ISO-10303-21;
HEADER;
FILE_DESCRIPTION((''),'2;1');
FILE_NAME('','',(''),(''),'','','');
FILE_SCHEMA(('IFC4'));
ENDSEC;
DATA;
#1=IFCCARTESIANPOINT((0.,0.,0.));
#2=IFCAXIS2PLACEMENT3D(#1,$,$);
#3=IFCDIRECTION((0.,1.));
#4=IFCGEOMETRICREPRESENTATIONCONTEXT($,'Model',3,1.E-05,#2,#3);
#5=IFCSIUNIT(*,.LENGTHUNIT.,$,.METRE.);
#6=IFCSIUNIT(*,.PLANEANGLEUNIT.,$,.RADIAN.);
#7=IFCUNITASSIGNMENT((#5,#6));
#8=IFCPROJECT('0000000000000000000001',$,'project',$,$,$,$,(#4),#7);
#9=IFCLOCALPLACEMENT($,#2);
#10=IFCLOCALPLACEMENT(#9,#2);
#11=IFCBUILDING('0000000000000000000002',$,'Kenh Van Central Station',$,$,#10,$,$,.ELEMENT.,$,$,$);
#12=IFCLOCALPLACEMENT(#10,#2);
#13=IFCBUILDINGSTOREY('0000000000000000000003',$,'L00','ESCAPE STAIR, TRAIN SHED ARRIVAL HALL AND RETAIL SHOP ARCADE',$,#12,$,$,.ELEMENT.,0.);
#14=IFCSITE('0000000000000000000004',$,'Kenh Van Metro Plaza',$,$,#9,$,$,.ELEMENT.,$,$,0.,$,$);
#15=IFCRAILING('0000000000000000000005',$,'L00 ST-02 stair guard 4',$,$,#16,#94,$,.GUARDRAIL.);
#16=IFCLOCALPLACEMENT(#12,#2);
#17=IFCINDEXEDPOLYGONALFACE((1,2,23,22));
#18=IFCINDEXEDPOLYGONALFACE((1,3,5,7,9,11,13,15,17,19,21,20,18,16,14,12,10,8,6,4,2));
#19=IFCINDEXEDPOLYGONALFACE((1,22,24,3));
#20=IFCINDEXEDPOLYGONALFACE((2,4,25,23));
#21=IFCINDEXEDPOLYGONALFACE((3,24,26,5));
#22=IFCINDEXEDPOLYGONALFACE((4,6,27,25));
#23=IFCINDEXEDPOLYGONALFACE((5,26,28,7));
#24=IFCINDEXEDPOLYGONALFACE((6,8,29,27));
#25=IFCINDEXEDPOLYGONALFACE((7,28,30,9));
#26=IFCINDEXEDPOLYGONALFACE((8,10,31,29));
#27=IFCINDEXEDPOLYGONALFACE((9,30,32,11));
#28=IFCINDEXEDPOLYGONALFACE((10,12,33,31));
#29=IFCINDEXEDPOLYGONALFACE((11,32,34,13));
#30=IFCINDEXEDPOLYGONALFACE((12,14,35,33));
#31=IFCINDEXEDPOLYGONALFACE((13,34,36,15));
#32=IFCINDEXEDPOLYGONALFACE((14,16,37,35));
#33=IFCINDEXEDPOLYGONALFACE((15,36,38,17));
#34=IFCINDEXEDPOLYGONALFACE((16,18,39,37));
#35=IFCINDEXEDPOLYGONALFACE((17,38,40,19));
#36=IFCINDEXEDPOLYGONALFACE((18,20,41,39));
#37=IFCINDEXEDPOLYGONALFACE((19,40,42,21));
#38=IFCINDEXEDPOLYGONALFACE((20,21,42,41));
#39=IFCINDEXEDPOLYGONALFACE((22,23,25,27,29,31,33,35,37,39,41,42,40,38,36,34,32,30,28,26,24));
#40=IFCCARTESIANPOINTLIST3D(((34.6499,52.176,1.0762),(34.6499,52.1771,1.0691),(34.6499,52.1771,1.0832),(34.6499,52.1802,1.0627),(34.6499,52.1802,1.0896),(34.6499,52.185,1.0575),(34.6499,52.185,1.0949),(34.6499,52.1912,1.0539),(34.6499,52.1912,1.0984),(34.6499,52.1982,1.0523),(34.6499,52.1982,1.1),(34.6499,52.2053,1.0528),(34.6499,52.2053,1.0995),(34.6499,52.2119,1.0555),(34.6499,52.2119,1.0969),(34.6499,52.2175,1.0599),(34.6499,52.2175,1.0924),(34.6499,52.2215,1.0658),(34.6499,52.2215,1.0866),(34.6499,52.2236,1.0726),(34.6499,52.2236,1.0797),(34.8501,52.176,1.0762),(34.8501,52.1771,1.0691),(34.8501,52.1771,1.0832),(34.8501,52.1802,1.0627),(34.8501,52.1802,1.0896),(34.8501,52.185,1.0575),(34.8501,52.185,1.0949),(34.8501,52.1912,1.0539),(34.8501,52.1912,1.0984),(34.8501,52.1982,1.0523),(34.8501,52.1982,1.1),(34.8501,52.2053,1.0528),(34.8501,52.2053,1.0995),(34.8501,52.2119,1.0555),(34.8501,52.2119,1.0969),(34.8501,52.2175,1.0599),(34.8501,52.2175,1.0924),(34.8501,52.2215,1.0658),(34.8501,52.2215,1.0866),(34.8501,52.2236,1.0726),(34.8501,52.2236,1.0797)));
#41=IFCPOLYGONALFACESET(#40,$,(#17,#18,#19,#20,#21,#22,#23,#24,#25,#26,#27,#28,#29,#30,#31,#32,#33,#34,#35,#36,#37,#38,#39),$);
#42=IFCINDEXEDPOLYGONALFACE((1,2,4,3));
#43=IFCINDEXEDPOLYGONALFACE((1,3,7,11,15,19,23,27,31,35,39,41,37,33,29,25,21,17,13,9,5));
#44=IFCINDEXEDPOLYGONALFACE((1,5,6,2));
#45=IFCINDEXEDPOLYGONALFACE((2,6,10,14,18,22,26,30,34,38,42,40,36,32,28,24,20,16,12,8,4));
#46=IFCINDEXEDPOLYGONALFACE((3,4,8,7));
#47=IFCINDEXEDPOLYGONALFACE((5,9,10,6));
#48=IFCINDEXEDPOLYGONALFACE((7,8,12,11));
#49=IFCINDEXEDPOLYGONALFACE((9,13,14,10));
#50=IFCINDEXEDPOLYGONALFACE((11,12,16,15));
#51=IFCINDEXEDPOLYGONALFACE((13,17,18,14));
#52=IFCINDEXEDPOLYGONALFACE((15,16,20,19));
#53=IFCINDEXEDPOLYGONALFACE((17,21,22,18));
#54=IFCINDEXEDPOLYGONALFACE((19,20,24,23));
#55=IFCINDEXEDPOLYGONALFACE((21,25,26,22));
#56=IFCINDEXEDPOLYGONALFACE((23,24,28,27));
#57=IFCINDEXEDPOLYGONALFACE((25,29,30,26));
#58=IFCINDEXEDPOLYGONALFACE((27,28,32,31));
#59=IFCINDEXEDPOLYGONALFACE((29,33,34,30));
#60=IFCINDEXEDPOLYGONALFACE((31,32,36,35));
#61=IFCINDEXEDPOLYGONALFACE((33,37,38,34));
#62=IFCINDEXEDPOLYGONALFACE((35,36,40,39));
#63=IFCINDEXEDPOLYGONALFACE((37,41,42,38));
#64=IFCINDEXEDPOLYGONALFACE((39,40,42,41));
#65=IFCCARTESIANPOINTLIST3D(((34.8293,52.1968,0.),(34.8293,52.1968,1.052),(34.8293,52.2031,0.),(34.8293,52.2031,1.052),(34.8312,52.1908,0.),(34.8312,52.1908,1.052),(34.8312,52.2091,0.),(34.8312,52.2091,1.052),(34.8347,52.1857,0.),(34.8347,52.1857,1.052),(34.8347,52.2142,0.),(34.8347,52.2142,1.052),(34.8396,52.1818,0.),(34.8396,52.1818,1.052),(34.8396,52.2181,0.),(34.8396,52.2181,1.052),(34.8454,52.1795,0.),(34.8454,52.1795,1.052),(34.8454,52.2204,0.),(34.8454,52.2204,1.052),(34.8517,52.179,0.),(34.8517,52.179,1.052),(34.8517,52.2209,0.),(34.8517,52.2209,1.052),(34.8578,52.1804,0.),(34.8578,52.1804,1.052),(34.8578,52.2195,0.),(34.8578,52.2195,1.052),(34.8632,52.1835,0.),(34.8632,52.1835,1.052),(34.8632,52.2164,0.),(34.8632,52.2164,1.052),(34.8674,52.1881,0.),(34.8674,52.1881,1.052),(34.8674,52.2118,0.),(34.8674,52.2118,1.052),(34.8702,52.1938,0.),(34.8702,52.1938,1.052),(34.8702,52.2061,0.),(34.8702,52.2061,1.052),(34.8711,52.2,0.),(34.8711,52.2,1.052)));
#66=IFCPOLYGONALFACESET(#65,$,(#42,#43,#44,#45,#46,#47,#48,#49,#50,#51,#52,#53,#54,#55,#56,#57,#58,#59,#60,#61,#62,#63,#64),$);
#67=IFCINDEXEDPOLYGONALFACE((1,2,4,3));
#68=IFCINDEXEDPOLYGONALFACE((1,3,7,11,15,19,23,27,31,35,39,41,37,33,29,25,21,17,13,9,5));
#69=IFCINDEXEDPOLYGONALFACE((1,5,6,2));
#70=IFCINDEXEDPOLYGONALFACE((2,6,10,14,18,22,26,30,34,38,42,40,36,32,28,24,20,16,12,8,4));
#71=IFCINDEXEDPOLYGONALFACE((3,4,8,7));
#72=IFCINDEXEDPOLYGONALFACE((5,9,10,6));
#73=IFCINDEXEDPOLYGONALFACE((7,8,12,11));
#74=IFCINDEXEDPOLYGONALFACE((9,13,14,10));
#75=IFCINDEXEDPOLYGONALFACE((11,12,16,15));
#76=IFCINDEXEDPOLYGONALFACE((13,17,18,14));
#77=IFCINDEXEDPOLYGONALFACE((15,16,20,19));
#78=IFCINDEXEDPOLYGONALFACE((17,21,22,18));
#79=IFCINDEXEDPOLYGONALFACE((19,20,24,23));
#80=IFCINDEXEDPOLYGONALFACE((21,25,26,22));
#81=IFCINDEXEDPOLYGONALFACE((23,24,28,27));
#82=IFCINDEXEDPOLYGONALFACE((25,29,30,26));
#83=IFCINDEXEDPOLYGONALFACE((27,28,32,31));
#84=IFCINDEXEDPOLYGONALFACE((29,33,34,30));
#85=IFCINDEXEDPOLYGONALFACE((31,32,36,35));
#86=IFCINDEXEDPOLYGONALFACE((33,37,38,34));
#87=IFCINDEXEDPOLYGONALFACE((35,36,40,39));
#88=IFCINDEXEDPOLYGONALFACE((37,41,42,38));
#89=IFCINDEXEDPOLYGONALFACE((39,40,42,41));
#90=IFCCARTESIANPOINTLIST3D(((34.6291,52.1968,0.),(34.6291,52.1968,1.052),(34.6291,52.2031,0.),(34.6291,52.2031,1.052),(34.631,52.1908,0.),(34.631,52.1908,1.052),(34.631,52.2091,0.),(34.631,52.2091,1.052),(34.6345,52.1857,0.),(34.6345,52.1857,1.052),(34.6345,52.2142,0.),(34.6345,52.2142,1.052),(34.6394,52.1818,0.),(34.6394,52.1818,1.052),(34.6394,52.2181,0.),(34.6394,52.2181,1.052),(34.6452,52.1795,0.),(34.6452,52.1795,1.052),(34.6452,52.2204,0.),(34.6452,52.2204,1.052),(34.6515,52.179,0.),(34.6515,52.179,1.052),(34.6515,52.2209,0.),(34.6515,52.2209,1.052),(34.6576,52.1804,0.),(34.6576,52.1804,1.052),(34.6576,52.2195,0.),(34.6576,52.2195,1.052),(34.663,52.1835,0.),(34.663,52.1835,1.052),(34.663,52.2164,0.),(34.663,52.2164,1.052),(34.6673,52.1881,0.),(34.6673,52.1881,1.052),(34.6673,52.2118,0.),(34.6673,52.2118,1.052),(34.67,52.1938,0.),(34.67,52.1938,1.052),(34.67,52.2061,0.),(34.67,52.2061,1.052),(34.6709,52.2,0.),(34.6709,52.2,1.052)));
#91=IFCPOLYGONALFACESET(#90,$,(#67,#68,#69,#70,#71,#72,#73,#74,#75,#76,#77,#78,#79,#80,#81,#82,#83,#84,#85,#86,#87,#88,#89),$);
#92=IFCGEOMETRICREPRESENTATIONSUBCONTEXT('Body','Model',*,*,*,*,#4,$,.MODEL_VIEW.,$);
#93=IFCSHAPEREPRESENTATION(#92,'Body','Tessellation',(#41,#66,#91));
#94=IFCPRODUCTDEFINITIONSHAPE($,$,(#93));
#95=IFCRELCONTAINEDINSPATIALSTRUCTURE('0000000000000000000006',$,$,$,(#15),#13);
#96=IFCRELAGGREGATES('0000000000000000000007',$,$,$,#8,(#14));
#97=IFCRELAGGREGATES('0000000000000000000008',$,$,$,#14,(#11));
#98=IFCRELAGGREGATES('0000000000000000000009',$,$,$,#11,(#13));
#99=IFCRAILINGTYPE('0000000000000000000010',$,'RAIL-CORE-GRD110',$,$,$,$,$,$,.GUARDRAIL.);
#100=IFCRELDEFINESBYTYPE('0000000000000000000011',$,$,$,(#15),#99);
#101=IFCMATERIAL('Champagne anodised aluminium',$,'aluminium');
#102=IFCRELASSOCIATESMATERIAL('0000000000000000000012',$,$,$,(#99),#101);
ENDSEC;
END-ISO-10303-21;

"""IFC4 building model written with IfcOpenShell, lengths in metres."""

from ifc_helpers import new_model, si_unit, direction, frame, origin, origin_2d, place, context, subcontext, project, spatial, circle, extrude, material, type_object, element, save


model = new_model("IFC4")

# Units and contexts
model_context = context("Model", 3, precision=1e-05, world=origin(), true_north=direction((0.0, 1.0)))
body_context = subcontext(model_context, "Body", "Model", "MODEL_VIEW")
ifc_project = project(units=[si_unit("LENGTHUNIT", "METRE"), si_unit("PLANEANGLEUNIT", "RADIAN")], contexts=[model_context])

# Site, building, storey
site_placement = place(None, origin())
site = spatial("IfcSite", under=ifc_project, at=site_placement, Name="Kenh Van Metro Plaza", CompositionType="ELEMENT", RefElevation=0.0)
building_placement = place(site_placement, origin())
building = spatial("IfcBuilding", under=site, at=building_placement, Name="Kenh Van Central Station", CompositionType="ELEMENT")
storey_placement = place(building_placement, origin())
storey = spatial("IfcBuildingStorey", under=building, at=storey_placement, Name="L00", Description="ESCAPE STAIR, TRAIN SHED ARRIVAL HALL AND RETAIL SHOP ARCADE", CompositionType="ELEMENT", Elevation=0.0)

# Shared definitions
ifc_material_1 = material(Name="Champagne anodised aluminium", Category="aluminium")

# Railing
railing_type_1 = type_object("IfcRailingType", Name="RAIL-CORE-GRD110", PredefinedType="GUARDRAIL", material=ifc_material_1)
railing_1_placement = place(storey_placement, frame((34.8501, 52.2, 0.0)))
element("IfcRailing", 1, at=railing_1_placement, inside=storey, type_object=railing_type_1, Name="L00 ST-02 stair guard 4", PredefinedType="GUARDRAIL", context=body_context, shape_type="SweptSolid", body=[
    extrude(circle(Radius=0.0239, at=origin_2d()), frame((0.0, 0.0, 1.0762), z_axis=(-1.0, 0.0, 0.0), x_axis=(0.0, -1.0, 0.0)), (0.0, 0.0, 1.0), 0.2002),
    extrude(circle(Radius=0.021, at=origin_2d()), origin(), (0.0, 0.0, 1.0), 1.052),
    extrude(circle(Radius=0.021, at=origin_2d()), frame((-0.2002, 0.0, 0.0)), (0.0, 0.0, 1.0), 1.052),
])

save(model, "model.ifc")
